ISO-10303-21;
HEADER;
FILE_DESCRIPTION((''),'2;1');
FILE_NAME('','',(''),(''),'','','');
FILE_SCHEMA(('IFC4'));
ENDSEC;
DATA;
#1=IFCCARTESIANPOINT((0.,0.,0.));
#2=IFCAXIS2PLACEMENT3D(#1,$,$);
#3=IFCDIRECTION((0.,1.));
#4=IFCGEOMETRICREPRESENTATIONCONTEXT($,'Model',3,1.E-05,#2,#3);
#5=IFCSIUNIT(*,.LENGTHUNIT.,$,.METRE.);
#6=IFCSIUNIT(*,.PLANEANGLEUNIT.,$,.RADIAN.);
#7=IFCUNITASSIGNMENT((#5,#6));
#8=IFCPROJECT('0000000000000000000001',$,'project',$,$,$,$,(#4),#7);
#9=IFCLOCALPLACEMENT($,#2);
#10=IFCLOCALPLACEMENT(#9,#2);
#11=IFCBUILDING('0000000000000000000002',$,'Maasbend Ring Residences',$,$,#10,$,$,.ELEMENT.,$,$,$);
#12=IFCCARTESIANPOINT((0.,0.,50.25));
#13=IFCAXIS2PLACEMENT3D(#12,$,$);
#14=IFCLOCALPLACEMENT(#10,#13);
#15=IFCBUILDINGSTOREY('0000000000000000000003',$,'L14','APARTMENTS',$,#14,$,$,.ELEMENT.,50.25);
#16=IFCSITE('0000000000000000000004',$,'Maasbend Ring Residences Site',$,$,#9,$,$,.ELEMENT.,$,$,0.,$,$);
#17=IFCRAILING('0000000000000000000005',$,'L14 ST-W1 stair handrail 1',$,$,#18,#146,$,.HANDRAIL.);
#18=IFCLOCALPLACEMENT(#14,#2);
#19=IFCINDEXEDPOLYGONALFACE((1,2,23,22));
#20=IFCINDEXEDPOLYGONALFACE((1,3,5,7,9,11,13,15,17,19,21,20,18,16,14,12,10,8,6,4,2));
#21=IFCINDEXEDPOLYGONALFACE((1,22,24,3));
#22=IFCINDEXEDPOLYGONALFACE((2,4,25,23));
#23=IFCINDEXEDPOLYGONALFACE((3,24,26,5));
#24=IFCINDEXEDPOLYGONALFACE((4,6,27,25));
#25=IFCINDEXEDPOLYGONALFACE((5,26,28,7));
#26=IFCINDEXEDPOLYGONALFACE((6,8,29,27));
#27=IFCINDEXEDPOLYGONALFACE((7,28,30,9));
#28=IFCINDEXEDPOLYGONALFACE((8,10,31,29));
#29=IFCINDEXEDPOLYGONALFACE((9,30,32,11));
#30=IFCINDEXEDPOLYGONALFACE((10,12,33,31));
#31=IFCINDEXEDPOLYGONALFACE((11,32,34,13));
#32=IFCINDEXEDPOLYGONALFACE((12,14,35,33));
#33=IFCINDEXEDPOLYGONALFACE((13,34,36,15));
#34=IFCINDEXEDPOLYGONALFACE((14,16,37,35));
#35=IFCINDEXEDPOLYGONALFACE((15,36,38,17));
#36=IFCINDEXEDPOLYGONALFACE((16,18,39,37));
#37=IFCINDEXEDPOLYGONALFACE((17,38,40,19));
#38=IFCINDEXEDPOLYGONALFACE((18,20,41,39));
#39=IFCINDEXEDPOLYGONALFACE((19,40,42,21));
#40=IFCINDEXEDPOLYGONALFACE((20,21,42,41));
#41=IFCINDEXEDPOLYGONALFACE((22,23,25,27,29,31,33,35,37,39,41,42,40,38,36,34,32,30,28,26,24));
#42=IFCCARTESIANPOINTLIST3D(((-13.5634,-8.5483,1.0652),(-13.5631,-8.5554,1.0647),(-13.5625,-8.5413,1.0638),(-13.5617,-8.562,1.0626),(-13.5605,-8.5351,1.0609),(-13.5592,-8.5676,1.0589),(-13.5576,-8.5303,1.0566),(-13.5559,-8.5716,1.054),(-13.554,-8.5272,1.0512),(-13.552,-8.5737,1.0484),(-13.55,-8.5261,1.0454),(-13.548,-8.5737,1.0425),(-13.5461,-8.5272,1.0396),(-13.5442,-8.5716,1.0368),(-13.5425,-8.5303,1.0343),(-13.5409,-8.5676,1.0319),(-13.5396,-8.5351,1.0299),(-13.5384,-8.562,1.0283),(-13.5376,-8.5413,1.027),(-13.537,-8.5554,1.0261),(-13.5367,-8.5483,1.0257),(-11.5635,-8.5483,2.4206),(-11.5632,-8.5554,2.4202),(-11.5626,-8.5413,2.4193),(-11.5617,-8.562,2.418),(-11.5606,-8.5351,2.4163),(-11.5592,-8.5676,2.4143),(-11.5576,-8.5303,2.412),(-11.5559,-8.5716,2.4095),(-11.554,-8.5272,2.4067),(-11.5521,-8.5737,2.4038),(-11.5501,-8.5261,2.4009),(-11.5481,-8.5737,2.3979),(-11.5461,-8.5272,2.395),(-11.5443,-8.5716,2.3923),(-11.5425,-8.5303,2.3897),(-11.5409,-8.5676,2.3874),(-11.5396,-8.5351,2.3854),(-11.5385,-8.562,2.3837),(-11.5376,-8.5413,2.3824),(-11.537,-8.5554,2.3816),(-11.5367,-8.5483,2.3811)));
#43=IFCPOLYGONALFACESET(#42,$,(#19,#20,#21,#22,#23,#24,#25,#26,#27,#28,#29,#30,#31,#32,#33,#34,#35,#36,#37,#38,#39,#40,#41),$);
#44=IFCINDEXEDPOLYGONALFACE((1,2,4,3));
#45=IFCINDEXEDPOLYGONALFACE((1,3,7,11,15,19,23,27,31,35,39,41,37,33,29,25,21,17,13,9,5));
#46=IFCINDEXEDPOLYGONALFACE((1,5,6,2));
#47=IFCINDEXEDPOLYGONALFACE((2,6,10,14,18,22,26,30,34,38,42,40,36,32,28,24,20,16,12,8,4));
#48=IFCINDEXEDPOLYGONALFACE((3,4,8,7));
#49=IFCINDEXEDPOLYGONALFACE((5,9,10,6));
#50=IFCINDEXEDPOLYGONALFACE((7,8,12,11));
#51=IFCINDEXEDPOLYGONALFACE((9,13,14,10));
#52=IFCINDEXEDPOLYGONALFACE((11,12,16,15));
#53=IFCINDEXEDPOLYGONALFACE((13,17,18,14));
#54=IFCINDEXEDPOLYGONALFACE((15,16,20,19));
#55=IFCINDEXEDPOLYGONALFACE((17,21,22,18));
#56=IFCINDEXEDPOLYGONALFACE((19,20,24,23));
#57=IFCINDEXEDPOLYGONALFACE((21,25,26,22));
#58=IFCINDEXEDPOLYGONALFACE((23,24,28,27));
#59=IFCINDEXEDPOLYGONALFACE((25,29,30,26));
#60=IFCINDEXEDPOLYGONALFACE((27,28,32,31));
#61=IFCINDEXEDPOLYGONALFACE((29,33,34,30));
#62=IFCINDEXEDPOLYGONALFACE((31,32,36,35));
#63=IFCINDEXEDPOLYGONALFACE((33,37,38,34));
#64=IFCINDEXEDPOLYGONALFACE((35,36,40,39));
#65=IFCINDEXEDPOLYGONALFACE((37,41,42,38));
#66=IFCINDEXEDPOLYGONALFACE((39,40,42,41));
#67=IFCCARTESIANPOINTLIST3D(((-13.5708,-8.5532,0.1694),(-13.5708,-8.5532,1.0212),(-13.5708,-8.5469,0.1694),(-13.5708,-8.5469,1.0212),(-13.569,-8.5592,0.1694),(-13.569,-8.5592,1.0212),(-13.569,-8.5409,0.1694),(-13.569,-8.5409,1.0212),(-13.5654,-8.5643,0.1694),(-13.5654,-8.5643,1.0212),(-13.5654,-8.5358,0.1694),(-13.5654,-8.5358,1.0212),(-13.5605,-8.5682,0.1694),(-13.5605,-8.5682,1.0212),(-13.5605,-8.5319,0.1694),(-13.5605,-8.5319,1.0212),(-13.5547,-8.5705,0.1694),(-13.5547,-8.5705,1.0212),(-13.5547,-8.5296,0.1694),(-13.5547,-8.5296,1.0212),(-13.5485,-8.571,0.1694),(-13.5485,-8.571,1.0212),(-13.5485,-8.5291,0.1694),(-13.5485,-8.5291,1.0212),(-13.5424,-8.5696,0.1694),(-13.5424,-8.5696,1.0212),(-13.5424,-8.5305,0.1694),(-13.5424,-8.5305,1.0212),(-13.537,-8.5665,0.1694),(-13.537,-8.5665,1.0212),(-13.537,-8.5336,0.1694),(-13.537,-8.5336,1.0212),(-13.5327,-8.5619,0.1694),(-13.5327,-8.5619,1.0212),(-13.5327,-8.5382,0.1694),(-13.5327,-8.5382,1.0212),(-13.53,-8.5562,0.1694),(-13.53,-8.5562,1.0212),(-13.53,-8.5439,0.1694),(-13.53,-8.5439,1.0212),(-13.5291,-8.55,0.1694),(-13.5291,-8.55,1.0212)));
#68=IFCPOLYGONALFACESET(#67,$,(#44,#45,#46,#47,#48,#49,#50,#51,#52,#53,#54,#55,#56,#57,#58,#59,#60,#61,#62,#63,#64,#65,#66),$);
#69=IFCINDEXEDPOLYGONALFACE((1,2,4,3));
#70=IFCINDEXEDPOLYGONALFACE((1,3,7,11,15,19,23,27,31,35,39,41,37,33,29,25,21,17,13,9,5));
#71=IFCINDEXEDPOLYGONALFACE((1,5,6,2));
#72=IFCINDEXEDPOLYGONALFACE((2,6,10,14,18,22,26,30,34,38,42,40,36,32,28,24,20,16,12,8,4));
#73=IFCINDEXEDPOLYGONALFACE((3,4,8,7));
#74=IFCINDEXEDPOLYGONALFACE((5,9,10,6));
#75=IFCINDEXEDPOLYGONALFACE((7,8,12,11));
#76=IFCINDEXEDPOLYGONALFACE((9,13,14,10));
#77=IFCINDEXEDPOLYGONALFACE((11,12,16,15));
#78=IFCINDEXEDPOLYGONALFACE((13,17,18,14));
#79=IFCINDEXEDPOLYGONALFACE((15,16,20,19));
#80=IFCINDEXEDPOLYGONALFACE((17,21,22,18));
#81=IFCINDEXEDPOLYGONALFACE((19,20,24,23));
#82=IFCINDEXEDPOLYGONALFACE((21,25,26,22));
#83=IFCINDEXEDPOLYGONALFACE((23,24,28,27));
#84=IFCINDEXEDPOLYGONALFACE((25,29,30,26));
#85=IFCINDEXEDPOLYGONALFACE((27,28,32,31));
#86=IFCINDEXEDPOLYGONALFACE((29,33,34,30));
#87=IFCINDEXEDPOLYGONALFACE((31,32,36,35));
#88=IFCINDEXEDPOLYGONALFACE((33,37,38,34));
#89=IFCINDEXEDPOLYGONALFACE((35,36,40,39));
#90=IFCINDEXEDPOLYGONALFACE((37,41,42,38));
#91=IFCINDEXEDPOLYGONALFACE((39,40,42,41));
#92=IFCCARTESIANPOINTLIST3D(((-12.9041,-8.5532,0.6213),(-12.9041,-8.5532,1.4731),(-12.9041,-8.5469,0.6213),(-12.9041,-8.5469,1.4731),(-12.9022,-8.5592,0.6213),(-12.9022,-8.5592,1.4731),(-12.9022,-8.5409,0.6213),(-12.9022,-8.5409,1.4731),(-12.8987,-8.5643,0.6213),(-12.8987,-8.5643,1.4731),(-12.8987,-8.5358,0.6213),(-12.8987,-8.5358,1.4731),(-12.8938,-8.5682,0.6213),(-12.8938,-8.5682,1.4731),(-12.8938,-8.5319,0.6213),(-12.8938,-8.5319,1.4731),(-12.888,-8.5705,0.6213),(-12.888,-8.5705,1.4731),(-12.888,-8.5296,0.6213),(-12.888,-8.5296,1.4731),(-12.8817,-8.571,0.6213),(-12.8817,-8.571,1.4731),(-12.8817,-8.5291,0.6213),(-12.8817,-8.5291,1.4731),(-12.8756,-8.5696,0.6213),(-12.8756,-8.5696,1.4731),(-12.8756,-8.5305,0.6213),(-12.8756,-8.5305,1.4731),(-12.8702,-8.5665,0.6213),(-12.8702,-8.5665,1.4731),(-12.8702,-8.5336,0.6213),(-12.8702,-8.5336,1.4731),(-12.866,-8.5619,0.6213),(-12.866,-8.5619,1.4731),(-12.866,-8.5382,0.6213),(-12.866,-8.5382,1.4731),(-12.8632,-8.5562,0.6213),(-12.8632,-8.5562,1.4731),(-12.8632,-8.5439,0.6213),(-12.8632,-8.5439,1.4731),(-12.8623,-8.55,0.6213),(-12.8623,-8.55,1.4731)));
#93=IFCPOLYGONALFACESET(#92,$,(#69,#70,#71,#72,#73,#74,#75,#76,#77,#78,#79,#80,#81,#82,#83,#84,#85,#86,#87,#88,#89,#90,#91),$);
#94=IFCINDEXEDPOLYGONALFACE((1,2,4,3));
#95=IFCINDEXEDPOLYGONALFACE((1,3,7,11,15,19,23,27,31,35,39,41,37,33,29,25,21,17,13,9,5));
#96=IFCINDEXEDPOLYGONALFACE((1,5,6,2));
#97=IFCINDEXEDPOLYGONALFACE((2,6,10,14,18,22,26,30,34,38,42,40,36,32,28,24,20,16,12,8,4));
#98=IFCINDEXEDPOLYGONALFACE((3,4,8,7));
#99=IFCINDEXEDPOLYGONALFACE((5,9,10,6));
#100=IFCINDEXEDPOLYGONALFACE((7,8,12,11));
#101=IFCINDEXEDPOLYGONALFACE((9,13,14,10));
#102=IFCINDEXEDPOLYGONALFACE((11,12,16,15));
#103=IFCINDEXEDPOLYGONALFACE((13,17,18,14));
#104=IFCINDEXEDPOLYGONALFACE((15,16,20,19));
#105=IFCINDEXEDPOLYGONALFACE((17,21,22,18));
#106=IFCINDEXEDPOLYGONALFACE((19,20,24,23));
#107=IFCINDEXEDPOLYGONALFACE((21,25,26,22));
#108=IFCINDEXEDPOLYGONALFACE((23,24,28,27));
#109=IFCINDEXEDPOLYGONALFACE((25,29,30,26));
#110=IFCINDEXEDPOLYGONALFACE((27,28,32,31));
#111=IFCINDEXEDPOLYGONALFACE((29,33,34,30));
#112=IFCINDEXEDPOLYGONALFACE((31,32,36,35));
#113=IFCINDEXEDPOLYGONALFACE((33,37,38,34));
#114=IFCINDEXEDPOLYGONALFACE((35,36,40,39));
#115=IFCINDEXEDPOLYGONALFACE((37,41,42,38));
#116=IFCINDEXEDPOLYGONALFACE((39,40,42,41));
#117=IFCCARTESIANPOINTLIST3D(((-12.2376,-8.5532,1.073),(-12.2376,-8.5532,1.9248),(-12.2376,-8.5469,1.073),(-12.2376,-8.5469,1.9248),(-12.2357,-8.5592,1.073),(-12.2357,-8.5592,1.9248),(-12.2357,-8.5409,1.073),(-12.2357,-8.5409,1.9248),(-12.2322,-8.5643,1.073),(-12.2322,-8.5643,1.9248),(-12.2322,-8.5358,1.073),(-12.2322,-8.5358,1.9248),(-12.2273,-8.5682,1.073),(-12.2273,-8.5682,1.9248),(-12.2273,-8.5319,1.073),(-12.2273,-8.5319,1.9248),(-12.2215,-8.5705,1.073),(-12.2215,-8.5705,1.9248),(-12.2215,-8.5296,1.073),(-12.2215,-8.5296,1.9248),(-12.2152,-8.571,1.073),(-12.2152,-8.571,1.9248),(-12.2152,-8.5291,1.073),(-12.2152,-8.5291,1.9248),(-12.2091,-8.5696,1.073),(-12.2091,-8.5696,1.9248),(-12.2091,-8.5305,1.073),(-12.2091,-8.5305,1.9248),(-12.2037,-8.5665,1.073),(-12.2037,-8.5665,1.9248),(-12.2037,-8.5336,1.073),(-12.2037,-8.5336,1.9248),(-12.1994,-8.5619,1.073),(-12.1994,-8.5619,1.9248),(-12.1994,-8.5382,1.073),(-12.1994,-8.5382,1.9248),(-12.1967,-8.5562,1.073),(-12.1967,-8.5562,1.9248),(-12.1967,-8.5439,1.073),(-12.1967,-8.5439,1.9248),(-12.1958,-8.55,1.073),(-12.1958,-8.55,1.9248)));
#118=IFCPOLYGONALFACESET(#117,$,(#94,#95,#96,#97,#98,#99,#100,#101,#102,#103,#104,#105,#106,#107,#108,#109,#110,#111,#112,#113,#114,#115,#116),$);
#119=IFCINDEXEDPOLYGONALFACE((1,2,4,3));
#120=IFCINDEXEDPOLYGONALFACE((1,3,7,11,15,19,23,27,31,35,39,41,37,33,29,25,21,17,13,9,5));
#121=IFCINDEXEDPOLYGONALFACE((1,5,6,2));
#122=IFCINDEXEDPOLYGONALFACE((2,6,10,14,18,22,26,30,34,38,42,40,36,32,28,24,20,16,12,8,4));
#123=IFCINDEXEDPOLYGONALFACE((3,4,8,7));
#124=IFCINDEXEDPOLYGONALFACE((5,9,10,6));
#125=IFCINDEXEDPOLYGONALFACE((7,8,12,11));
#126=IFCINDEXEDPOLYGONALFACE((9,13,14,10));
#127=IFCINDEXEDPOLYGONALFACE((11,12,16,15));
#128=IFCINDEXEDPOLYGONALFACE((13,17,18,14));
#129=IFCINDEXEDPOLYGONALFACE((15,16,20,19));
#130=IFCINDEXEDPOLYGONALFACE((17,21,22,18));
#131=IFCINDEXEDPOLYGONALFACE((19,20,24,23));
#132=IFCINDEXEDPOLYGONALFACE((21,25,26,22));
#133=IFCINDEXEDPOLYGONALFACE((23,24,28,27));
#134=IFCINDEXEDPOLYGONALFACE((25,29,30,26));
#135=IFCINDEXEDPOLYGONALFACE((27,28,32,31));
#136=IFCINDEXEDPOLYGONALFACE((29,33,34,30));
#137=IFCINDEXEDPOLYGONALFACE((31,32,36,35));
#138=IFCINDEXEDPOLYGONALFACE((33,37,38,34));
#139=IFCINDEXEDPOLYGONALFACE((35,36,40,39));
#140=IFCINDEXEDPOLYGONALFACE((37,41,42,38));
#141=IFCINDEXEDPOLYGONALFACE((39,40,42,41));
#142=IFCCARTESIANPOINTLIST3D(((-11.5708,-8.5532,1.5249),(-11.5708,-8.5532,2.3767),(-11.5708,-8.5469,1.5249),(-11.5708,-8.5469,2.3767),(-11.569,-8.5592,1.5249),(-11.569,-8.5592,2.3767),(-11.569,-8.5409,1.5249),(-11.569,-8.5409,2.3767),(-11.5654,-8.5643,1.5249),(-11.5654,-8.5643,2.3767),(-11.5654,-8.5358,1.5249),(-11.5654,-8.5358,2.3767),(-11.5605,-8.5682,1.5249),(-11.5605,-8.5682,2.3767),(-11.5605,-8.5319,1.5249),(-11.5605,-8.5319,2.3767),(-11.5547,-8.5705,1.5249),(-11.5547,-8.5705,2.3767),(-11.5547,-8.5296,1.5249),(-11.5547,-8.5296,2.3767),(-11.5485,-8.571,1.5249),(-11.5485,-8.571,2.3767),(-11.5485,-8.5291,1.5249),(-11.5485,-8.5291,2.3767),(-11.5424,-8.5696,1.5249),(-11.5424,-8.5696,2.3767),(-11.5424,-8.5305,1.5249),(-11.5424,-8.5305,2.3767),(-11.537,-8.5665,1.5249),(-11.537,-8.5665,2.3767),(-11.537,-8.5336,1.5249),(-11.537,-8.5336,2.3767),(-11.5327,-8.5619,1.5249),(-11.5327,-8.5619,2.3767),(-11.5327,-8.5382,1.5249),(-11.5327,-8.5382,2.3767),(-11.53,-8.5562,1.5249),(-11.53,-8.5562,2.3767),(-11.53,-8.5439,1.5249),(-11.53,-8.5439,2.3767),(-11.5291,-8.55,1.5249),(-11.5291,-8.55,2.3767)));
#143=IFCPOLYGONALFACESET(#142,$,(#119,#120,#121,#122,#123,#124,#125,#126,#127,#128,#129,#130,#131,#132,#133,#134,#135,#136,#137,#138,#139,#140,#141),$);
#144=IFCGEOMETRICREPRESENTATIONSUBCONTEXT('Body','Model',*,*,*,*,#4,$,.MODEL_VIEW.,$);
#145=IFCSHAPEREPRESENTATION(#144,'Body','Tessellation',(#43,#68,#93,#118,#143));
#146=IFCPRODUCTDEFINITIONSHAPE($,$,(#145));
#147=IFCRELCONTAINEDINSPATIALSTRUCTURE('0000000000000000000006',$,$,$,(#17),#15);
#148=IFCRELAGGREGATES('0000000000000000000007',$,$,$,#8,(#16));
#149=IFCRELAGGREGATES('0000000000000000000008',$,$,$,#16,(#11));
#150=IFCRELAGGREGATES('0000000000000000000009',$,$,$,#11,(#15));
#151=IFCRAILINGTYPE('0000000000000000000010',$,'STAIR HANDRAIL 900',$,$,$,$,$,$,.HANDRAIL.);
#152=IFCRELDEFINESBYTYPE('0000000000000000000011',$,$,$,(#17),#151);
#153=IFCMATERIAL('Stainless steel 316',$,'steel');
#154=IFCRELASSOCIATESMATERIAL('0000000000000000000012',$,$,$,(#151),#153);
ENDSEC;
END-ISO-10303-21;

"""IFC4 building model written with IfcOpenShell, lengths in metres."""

from ifc_helpers import new_model, si_unit, direction, frame, origin, origin_2d, place, context, subcontext, project, spatial, circle, extrude, material, type_object, element, save


model = new_model("IFC4")

# Units and contexts
model_context = context("Model", 3, precision=1e-05, world=origin(), true_north=direction((0.0, 1.0)))
body_context = subcontext(model_context, "Body", "Model", "MODEL_VIEW")
ifc_project = project(units=[si_unit("LENGTHUNIT", "METRE"), si_unit("PLANEANGLEUNIT", "RADIAN")], contexts=[model_context])

# Site, building, storey
site_placement = place(None, origin())
site = spatial("IfcSite", under=ifc_project, at=site_placement, Name="Maasbend Ring Residences Site", CompositionType="ELEMENT", RefElevation=0.0)
building_placement = place(site_placement, origin())
building = spatial("IfcBuilding", under=site, at=building_placement, Name="Maasbend Ring Residences", CompositionType="ELEMENT")
storey_placement = place(building_placement, frame((0.0, 0.0, 50.25)))
storey = spatial("IfcBuildingStorey", under=building, at=storey_placement, Name="L14", Description="APARTMENTS", CompositionType="ELEMENT", Elevation=50.25)

# Railing
ifc_material_1 = material(Name="Stainless steel 316", Category="steel")
railing_type_1 = type_object("IfcRailingType", Name="STAIR HANDRAIL 900", PredefinedType="HANDRAIL", material=ifc_material_1)
railing_1_placement = place(storey_placement, frame((-13.55, -8.55, 0.1694)))
element("IfcRailing", 1, at=railing_1_placement, inside=storey, type_object=railing_type_1, Name="L14 ST-W1 stair handrail 1", PredefinedType="HANDRAIL", context=body_context, shape_type="SweptSolid", body=[
    extrude(circle(Radius=0.0239, at=origin_2d()), frame((0.0, 0.0, 0.876), z_axis=(0.827798, 0.0, 0.561027), x_axis=(0.0, 1.0, 0.0)), (0.0, 0.0, 1.0), 2.416),
    extrude(circle(Radius=0.021, at=origin_2d()), origin(), (0.0, 0.0, 1.0), 0.8518),
    extrude(circle(Radius=0.021, at=origin_2d()), frame((0.6667, 0.0, 0.4519)), (0.0, 0.0, 1.0), 0.8518),
    extrude(circle(Radius=0.021, at=origin_2d()), frame((1.3333, 0.0, 0.9036)), (0.0, 0.0, 1.0), 0.8518),
    extrude(circle(Radius=0.021, at=origin_2d()), frame((2.0, 0.0, 1.3555)), (0.0, 0.0, 1.0), 0.8518),
])

save(model, "model.ifc")
